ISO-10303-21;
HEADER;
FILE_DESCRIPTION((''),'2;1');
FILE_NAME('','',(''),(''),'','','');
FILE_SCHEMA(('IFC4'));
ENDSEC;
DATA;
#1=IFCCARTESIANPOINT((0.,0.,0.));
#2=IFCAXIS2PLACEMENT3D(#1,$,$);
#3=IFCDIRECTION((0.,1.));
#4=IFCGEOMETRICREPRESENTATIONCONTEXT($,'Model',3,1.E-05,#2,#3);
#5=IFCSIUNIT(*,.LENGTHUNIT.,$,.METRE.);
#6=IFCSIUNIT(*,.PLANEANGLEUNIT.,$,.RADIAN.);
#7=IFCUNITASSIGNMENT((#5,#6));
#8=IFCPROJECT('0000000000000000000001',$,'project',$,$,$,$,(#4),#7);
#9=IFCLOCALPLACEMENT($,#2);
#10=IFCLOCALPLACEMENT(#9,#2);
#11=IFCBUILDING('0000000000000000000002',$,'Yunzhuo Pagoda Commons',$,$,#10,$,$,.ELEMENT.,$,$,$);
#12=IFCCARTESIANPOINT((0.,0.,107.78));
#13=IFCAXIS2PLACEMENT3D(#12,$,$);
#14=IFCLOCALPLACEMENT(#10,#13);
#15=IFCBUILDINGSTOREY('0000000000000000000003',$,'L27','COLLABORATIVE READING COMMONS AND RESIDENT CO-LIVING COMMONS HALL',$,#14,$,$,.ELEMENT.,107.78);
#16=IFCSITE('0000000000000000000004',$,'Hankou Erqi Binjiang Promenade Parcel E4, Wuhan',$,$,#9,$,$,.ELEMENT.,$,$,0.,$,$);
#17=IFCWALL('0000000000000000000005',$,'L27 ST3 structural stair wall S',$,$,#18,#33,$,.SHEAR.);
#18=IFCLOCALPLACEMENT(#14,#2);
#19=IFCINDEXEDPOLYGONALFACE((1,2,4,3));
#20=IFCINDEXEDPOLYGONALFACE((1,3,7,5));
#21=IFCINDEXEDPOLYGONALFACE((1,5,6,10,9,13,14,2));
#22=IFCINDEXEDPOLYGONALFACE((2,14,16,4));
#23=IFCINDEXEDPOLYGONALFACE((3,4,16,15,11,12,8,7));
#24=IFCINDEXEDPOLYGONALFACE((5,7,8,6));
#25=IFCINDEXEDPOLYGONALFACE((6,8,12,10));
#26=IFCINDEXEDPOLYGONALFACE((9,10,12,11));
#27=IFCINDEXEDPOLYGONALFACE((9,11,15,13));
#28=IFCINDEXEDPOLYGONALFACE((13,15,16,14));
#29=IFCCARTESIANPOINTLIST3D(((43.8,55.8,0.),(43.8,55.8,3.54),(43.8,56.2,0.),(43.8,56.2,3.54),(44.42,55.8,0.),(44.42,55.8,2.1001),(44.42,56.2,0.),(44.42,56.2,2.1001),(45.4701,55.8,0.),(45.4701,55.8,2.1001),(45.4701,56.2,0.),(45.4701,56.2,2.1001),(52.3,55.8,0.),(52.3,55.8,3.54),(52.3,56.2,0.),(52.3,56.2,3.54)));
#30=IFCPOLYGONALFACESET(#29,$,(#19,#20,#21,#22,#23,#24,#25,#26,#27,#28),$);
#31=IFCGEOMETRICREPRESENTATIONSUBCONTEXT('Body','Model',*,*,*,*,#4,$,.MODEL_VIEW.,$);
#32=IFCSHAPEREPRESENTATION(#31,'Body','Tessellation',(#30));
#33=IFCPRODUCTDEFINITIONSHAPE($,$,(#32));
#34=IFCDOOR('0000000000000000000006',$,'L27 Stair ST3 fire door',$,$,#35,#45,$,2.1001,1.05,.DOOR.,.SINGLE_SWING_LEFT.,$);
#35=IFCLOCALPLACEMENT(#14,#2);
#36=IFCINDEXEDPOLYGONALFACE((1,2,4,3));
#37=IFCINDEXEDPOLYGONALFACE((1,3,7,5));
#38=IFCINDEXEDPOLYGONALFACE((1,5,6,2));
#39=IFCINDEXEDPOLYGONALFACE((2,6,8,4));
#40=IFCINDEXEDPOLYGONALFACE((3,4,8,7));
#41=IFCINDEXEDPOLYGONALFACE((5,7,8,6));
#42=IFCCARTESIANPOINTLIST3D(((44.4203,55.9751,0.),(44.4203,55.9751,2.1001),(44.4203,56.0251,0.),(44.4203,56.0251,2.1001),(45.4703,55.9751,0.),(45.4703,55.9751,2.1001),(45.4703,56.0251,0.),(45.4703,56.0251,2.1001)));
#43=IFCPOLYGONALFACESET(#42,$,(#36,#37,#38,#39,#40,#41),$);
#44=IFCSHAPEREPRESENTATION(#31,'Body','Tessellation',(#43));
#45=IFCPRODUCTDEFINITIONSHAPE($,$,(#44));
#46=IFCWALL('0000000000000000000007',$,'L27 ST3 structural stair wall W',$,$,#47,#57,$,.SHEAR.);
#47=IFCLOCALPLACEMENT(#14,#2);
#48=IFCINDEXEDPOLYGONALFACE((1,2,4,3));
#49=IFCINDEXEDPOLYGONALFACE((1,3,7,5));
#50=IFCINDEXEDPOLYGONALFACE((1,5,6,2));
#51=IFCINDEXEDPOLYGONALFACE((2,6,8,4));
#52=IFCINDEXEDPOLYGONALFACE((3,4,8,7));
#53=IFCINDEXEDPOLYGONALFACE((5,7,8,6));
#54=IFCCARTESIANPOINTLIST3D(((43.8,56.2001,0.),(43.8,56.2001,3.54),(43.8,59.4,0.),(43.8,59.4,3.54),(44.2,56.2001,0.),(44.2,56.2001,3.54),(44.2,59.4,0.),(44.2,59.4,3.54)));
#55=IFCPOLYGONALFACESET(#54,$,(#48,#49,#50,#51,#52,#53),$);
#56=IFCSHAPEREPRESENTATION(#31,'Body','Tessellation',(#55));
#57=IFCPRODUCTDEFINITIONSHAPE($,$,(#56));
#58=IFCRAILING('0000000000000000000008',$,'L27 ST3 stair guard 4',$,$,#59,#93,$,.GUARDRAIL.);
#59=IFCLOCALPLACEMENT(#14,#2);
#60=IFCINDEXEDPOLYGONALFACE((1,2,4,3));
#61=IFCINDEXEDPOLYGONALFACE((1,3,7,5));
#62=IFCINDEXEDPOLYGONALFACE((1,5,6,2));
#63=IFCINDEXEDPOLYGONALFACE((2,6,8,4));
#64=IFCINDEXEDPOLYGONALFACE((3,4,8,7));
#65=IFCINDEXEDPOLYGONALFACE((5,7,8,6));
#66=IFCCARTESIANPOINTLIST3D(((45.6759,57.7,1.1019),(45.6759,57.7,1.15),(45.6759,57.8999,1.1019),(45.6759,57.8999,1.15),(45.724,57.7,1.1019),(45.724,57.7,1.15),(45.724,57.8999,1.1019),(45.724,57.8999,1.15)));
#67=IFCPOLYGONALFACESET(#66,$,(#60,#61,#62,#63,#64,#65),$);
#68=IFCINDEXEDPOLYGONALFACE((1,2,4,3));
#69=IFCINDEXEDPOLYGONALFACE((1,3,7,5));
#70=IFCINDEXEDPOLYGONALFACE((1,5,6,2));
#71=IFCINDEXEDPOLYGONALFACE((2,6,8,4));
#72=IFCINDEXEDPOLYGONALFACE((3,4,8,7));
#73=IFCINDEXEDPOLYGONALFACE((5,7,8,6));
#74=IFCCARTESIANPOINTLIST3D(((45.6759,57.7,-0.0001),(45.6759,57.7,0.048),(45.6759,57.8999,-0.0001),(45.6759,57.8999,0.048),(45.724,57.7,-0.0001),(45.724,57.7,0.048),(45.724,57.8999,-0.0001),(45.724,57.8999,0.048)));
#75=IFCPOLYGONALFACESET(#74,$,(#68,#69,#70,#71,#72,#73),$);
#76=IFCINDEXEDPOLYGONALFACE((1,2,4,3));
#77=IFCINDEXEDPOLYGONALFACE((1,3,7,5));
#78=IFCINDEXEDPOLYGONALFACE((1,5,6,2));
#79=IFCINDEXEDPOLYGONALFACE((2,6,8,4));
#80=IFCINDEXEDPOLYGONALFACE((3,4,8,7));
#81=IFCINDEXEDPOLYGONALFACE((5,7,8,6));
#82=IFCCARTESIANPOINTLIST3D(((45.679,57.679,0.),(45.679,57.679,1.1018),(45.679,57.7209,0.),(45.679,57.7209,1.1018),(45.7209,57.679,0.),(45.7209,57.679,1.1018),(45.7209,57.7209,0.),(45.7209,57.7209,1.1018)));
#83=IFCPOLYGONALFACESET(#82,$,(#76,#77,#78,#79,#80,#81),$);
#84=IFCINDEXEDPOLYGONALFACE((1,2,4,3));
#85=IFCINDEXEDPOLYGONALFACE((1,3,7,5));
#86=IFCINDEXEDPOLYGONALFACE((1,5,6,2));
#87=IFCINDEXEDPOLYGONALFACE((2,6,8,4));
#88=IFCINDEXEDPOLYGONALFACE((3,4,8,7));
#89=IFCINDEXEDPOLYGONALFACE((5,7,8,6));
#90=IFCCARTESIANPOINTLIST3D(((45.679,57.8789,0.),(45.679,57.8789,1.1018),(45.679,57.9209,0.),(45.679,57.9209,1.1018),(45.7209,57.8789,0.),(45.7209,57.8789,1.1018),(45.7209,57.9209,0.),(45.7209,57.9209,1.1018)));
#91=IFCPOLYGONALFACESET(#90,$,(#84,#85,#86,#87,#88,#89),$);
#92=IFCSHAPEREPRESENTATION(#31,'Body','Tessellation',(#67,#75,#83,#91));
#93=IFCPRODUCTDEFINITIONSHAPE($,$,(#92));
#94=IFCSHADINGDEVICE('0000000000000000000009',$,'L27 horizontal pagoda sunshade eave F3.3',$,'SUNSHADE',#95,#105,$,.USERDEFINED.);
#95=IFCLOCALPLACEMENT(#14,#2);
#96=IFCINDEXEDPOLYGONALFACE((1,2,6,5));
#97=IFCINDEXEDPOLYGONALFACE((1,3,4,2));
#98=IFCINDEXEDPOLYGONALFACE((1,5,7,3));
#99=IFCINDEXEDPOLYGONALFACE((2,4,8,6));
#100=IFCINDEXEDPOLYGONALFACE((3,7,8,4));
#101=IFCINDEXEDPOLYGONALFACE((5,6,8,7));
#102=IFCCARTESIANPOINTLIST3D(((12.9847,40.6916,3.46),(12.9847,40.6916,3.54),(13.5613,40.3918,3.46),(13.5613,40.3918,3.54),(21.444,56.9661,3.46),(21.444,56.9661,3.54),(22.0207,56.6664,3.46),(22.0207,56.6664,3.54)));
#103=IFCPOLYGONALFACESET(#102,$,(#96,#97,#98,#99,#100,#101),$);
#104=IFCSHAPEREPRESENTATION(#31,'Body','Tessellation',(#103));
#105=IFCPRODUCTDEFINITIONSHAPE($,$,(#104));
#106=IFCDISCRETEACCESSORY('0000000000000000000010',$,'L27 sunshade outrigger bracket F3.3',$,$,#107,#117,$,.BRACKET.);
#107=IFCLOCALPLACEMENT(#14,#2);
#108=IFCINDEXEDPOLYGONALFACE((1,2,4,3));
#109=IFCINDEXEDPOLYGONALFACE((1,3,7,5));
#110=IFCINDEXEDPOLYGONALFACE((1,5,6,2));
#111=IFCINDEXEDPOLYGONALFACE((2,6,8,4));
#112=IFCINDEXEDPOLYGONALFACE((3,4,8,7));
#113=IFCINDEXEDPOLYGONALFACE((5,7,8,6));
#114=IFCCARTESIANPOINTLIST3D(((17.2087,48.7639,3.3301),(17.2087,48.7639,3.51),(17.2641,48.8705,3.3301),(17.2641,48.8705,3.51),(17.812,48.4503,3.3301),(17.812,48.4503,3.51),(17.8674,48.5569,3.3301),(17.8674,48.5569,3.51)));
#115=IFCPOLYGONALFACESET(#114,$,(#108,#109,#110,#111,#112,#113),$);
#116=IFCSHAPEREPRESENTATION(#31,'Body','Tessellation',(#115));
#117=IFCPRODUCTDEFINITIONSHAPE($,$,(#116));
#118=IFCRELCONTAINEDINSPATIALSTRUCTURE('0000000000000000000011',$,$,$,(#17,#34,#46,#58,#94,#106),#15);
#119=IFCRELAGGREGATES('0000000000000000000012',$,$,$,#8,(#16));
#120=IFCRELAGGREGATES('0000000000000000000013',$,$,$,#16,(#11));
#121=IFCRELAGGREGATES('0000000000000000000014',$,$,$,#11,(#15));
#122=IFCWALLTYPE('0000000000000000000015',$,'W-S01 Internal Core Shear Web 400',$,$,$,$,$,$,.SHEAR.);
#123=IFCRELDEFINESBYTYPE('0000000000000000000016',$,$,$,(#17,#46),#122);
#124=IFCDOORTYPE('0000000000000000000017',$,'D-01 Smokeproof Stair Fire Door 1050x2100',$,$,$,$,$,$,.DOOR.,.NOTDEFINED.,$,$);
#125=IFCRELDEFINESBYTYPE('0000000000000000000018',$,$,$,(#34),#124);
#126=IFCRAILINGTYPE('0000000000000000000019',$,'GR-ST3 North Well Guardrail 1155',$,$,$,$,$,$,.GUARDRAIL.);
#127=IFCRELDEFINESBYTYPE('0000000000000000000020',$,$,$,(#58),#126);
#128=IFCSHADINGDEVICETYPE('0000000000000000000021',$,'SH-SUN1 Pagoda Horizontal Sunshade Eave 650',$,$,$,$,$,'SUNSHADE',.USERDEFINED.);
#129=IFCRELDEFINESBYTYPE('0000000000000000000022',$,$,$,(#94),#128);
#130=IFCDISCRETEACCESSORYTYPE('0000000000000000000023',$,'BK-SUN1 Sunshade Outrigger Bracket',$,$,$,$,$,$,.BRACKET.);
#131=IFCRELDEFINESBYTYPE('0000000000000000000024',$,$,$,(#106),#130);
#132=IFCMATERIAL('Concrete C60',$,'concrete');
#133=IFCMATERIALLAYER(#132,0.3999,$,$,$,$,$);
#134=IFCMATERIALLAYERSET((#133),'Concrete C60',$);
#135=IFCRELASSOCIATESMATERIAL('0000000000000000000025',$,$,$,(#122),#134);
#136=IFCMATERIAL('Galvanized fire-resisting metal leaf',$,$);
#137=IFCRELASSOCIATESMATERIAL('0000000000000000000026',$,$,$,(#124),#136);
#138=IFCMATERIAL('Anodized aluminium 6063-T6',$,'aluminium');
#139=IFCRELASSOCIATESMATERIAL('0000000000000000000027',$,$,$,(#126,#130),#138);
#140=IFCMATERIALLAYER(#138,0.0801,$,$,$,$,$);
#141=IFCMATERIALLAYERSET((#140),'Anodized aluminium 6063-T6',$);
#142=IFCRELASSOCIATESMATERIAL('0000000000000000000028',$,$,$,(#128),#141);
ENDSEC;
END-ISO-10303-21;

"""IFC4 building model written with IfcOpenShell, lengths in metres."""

from ifc_helpers import new_model, si_unit, direction, frame, frame_2d, origin, origin_2d, place, context, subcontext, project, spatial, rectangle, extrude, source, transform, mapped, material, layer, layer_set, type_object, element, fill, save


model = new_model("IFC4")

# Units and contexts
model_context = context("Model", 3, precision=1e-05, world=origin(), true_north=direction((0.0, 1.0)))
body_context = subcontext(model_context, "Body", "Model", "MODEL_VIEW")
ifc_project = project(units=[si_unit("LENGTHUNIT", "METRE"), si_unit("PLANEANGLEUNIT", "RADIAN")], contexts=[model_context])

# Site, building, storey
site_placement = place(None, origin())
site = spatial("IfcSite", under=ifc_project, at=site_placement, Name="Hankou Erqi Binjiang Promenade Parcel E4, Wuhan", CompositionType="ELEMENT", RefElevation=0.0)
building_placement = place(site_placement, origin())
building = spatial("IfcBuilding", under=site, at=building_placement, Name="Yunzhuo Pagoda Commons", CompositionType="ELEMENT")
storey_placement = place(building_placement, frame((0.0, 0.0, 107.78)))
storey = spatial("IfcBuildingStorey", under=building, at=storey_placement, Name="L27", Description="COLLABORATIVE READING COMMONS AND RESIDENT CO-LIVING COMMONS HALL", CompositionType="ELEMENT", Elevation=107.78)

# Shared definitions
ifc_material_1 = material(Name="Anodized aluminium 6063-T6", Category="aluminium")

# Shared definitions
ifc_material_2 = material(Name="Galvanized fire-resisting metal leaf")

# Wall, opening, door
ifc_material_3 = material(Name="Concrete C60", Category="concrete")
ifc_layer_1 = layer(ifc_material_3, 0.3999)
ifc_layer_set_1 = layer_set([ifc_layer_1], Name="Concrete C60")
wall_type_1 = type_object("IfcWallType", Name="W-S01 Internal Core Shear Web 400", PredefinedType="SHEAR", material=ifc_layer_set_1)
wall_1_placement = place(storey_placement, frame((43.8, 56.0, 0.0), z_axis=(0.0, 0.0, 1.0), x_axis=(1.0, 0.0, 0.0)))
wall_1 = element("IfcWall", 1, at=wall_1_placement, inside=storey, type_object=wall_type_1, Name="L27 ST3 structural stair wall S", PredefinedType="SHEAR", context=body_context, shape_type="SweptSolid", body=[
    extrude(rectangle(XDim=8.5, YDim=0.3999, at=frame_2d((4.25, 0.0))), origin(), (0.0, 0.0, 1.0), 3.54),
])
opening_1_placement = place(wall_1_placement, frame((0.6201, 0.0, 0.0)))
opening_1 = element("IfcOpeningElement", 2, at=opening_1_placement, cuts=wall_1, PredefinedType="OPENING", context=body_context, shape_type="SweptSolid", body=[
    extrude(rectangle(XDim=1.05, YDim=2.1001, at=frame_2d((0.5249, 1.05))), frame((0.0, 0.21, 0.0), z_axis=(0.0, -1.0, 0.0), x_axis=(1.0, 0.0, 0.0)), (0.0, 0.0, 1.0), 0.4199),
])
door_type_1 = type_object("IfcDoorType", Name="D-01 Smokeproof Stair Fire Door 1050x2100", OperationType="NOTDEFINED", PredefinedType="DOOR", material=ifc_material_2)
shared_shape_1 = source(origin(), body_context, "Body", "SweptSolid", [
    extrude(rectangle(XDim=1.05, YDim=2.1001, at=frame_2d((0.5249, 1.05))), frame((0.0, 0.0249, 0.0), z_axis=(0.0, -1.0, 0.0), x_axis=(1.0, 0.0, 0.0)), (0.0, 0.0, 1.0), 0.05),
])
door_1_placement = place(opening_1_placement, frame((1.05, 0.0, 0.0), z_axis=(0.0, 0.0, 1.0), x_axis=(-1.0, 0.0, 0.0)))
door_1 = element("IfcDoor", 3, at=door_1_placement, inside=storey, type_object=door_type_1, Name="L27 Stair ST3 fire door", OperationType="SINGLE_SWING_LEFT", OverallHeight=2.1001, OverallWidth=1.05, PredefinedType="DOOR", context=body_context, shape_type="MappedRepresentation", body=[
    mapped(shared_shape_1, transform((0.0, 0.0, 0.0), scale=1.0)),
])
fill(opening_1, door_1)

# Wall
wall_2_placement = place(storey_placement, frame((44.0, 56.2, 0.0), z_axis=(0.0, 0.0, 1.0), x_axis=(0.0, 1.0, 0.0)))
element("IfcWall", 4, at=wall_2_placement, inside=storey, type_object=wall_type_1, Name="L27 ST3 structural stair wall W", PredefinedType="SHEAR", context=body_context, shape_type="SweptSolid", body=[
    extrude(rectangle(XDim=3.2, YDim=0.3999, at=frame_2d((1.6001, 0.0))), origin(), (0.0, 0.0, 1.0), 3.54),
])

# Railing
railing_type = type_object("IfcRailingType", Name="GR-ST3 North Well Guardrail 1155", PredefinedType="GUARDRAIL", material=ifc_material_1)
railing_placement = place(storey_placement, frame((45.7, 57.7, 0.0)))
element("IfcRailing", 5, at=railing_placement, inside=storey, type_object=railing_type, Name="L27 ST3 stair guard 4", PredefinedType="GUARDRAIL", context=body_context, shape_type="SweptSolid", body=[
    extrude(rectangle(XDim=0.0481, YDim=0.0481, at=origin_2d()), frame((0.0, 0.0, 1.126), z_axis=(0.0, 1.0, 0.0), x_axis=(-1.0, 0.0, 0.0)), (0.0, 0.0, 1.0), 0.2),
    extrude(rectangle(XDim=0.0481, YDim=0.0481, at=origin_2d()), frame((0.0, 0.0, 0.0239), z_axis=(0.0, 1.0, 0.0), x_axis=(-1.0, 0.0, 0.0)), (0.0, 0.0, 1.0), 0.2),
    extrude(rectangle(XDim=0.042, YDim=0.042, at=origin_2d()), origin(), (0.0, 0.0, 1.0), 1.1018),
    extrude(rectangle(XDim=0.042, YDim=0.042, at=origin_2d()), frame((0.0, 0.2, 0.0)), (0.0, 0.0, 1.0), 1.1018),
])

# Shading device
ifc_layer_2 = layer(ifc_material_1, 0.0801)
ifc_layer_set_2 = layer_set([ifc_layer_2], Name="Anodized aluminium 6063-T6")
shading_device_type = type_object("IfcShadingDeviceType", Name="SH-SUN1 Pagoda Horizontal Sunshade Eave 650", ElementType="SUNSHADE", PredefinedType="USERDEFINED", material=ifc_layer_set_2)
shared_shape_2 = source(origin(), body_context, "Body", "SweptSolid", [
    extrude(rectangle(XDim=18.3418, YDim=0.6499, at=origin_2d()), origin(), (0.0, 0.0, 1.0), 0.0801),
])
shading_device_placement = place(storey_placement, frame((17.5027, 48.679, 3.46), z_axis=(0.0, 0.0, 1.0), x_axis=(-0.461207, -0.887293, 0.0)))
element("IfcShadingDevice", 6, at=shading_device_placement, inside=storey, type_object=shading_device_type, Name="L27 horizontal pagoda sunshade eave F3.3", ObjectType="SUNSHADE", PredefinedType="USERDEFINED", context=body_context, shape_type="MappedRepresentation", body=[
    mapped(shared_shape_2, transform((0.0, 0.0, 0.0), scale=1.0)),
])

# Discrete accessory
discrete_accessory_type = type_object("IfcDiscreteAccessoryType", Name="BK-SUN1 Sunshade Outrigger Bracket", PredefinedType="BRACKET", material=ifc_material_1)
shared_shape_3 = source(origin(), body_context, "Body", "SweptSolid", [
    extrude(rectangle(XDim=0.1201, YDim=0.6799, at=origin_2d()), origin(), (0.0, 0.0, 1.0), 0.1799),
])
discrete_accessory_placement = place(storey_placement, frame((17.5381, 48.6604, 3.3301), z_axis=(0.0, 0.0, 1.0), x_axis=(-0.461207, -0.887293, 0.0)))
element("IfcDiscreteAccessory", 7, at=discrete_accessory_placement, inside=storey, type_object=discrete_accessory_type, Name="L27 sunshade outrigger bracket F3.3", PredefinedType="BRACKET", context=body_context, shape_type="MappedRepresentation", body=[
    mapped(shared_shape_3, transform((0.0, 0.0, 0.0), scale=1.0)),
])

save(model, "model.ifc")
